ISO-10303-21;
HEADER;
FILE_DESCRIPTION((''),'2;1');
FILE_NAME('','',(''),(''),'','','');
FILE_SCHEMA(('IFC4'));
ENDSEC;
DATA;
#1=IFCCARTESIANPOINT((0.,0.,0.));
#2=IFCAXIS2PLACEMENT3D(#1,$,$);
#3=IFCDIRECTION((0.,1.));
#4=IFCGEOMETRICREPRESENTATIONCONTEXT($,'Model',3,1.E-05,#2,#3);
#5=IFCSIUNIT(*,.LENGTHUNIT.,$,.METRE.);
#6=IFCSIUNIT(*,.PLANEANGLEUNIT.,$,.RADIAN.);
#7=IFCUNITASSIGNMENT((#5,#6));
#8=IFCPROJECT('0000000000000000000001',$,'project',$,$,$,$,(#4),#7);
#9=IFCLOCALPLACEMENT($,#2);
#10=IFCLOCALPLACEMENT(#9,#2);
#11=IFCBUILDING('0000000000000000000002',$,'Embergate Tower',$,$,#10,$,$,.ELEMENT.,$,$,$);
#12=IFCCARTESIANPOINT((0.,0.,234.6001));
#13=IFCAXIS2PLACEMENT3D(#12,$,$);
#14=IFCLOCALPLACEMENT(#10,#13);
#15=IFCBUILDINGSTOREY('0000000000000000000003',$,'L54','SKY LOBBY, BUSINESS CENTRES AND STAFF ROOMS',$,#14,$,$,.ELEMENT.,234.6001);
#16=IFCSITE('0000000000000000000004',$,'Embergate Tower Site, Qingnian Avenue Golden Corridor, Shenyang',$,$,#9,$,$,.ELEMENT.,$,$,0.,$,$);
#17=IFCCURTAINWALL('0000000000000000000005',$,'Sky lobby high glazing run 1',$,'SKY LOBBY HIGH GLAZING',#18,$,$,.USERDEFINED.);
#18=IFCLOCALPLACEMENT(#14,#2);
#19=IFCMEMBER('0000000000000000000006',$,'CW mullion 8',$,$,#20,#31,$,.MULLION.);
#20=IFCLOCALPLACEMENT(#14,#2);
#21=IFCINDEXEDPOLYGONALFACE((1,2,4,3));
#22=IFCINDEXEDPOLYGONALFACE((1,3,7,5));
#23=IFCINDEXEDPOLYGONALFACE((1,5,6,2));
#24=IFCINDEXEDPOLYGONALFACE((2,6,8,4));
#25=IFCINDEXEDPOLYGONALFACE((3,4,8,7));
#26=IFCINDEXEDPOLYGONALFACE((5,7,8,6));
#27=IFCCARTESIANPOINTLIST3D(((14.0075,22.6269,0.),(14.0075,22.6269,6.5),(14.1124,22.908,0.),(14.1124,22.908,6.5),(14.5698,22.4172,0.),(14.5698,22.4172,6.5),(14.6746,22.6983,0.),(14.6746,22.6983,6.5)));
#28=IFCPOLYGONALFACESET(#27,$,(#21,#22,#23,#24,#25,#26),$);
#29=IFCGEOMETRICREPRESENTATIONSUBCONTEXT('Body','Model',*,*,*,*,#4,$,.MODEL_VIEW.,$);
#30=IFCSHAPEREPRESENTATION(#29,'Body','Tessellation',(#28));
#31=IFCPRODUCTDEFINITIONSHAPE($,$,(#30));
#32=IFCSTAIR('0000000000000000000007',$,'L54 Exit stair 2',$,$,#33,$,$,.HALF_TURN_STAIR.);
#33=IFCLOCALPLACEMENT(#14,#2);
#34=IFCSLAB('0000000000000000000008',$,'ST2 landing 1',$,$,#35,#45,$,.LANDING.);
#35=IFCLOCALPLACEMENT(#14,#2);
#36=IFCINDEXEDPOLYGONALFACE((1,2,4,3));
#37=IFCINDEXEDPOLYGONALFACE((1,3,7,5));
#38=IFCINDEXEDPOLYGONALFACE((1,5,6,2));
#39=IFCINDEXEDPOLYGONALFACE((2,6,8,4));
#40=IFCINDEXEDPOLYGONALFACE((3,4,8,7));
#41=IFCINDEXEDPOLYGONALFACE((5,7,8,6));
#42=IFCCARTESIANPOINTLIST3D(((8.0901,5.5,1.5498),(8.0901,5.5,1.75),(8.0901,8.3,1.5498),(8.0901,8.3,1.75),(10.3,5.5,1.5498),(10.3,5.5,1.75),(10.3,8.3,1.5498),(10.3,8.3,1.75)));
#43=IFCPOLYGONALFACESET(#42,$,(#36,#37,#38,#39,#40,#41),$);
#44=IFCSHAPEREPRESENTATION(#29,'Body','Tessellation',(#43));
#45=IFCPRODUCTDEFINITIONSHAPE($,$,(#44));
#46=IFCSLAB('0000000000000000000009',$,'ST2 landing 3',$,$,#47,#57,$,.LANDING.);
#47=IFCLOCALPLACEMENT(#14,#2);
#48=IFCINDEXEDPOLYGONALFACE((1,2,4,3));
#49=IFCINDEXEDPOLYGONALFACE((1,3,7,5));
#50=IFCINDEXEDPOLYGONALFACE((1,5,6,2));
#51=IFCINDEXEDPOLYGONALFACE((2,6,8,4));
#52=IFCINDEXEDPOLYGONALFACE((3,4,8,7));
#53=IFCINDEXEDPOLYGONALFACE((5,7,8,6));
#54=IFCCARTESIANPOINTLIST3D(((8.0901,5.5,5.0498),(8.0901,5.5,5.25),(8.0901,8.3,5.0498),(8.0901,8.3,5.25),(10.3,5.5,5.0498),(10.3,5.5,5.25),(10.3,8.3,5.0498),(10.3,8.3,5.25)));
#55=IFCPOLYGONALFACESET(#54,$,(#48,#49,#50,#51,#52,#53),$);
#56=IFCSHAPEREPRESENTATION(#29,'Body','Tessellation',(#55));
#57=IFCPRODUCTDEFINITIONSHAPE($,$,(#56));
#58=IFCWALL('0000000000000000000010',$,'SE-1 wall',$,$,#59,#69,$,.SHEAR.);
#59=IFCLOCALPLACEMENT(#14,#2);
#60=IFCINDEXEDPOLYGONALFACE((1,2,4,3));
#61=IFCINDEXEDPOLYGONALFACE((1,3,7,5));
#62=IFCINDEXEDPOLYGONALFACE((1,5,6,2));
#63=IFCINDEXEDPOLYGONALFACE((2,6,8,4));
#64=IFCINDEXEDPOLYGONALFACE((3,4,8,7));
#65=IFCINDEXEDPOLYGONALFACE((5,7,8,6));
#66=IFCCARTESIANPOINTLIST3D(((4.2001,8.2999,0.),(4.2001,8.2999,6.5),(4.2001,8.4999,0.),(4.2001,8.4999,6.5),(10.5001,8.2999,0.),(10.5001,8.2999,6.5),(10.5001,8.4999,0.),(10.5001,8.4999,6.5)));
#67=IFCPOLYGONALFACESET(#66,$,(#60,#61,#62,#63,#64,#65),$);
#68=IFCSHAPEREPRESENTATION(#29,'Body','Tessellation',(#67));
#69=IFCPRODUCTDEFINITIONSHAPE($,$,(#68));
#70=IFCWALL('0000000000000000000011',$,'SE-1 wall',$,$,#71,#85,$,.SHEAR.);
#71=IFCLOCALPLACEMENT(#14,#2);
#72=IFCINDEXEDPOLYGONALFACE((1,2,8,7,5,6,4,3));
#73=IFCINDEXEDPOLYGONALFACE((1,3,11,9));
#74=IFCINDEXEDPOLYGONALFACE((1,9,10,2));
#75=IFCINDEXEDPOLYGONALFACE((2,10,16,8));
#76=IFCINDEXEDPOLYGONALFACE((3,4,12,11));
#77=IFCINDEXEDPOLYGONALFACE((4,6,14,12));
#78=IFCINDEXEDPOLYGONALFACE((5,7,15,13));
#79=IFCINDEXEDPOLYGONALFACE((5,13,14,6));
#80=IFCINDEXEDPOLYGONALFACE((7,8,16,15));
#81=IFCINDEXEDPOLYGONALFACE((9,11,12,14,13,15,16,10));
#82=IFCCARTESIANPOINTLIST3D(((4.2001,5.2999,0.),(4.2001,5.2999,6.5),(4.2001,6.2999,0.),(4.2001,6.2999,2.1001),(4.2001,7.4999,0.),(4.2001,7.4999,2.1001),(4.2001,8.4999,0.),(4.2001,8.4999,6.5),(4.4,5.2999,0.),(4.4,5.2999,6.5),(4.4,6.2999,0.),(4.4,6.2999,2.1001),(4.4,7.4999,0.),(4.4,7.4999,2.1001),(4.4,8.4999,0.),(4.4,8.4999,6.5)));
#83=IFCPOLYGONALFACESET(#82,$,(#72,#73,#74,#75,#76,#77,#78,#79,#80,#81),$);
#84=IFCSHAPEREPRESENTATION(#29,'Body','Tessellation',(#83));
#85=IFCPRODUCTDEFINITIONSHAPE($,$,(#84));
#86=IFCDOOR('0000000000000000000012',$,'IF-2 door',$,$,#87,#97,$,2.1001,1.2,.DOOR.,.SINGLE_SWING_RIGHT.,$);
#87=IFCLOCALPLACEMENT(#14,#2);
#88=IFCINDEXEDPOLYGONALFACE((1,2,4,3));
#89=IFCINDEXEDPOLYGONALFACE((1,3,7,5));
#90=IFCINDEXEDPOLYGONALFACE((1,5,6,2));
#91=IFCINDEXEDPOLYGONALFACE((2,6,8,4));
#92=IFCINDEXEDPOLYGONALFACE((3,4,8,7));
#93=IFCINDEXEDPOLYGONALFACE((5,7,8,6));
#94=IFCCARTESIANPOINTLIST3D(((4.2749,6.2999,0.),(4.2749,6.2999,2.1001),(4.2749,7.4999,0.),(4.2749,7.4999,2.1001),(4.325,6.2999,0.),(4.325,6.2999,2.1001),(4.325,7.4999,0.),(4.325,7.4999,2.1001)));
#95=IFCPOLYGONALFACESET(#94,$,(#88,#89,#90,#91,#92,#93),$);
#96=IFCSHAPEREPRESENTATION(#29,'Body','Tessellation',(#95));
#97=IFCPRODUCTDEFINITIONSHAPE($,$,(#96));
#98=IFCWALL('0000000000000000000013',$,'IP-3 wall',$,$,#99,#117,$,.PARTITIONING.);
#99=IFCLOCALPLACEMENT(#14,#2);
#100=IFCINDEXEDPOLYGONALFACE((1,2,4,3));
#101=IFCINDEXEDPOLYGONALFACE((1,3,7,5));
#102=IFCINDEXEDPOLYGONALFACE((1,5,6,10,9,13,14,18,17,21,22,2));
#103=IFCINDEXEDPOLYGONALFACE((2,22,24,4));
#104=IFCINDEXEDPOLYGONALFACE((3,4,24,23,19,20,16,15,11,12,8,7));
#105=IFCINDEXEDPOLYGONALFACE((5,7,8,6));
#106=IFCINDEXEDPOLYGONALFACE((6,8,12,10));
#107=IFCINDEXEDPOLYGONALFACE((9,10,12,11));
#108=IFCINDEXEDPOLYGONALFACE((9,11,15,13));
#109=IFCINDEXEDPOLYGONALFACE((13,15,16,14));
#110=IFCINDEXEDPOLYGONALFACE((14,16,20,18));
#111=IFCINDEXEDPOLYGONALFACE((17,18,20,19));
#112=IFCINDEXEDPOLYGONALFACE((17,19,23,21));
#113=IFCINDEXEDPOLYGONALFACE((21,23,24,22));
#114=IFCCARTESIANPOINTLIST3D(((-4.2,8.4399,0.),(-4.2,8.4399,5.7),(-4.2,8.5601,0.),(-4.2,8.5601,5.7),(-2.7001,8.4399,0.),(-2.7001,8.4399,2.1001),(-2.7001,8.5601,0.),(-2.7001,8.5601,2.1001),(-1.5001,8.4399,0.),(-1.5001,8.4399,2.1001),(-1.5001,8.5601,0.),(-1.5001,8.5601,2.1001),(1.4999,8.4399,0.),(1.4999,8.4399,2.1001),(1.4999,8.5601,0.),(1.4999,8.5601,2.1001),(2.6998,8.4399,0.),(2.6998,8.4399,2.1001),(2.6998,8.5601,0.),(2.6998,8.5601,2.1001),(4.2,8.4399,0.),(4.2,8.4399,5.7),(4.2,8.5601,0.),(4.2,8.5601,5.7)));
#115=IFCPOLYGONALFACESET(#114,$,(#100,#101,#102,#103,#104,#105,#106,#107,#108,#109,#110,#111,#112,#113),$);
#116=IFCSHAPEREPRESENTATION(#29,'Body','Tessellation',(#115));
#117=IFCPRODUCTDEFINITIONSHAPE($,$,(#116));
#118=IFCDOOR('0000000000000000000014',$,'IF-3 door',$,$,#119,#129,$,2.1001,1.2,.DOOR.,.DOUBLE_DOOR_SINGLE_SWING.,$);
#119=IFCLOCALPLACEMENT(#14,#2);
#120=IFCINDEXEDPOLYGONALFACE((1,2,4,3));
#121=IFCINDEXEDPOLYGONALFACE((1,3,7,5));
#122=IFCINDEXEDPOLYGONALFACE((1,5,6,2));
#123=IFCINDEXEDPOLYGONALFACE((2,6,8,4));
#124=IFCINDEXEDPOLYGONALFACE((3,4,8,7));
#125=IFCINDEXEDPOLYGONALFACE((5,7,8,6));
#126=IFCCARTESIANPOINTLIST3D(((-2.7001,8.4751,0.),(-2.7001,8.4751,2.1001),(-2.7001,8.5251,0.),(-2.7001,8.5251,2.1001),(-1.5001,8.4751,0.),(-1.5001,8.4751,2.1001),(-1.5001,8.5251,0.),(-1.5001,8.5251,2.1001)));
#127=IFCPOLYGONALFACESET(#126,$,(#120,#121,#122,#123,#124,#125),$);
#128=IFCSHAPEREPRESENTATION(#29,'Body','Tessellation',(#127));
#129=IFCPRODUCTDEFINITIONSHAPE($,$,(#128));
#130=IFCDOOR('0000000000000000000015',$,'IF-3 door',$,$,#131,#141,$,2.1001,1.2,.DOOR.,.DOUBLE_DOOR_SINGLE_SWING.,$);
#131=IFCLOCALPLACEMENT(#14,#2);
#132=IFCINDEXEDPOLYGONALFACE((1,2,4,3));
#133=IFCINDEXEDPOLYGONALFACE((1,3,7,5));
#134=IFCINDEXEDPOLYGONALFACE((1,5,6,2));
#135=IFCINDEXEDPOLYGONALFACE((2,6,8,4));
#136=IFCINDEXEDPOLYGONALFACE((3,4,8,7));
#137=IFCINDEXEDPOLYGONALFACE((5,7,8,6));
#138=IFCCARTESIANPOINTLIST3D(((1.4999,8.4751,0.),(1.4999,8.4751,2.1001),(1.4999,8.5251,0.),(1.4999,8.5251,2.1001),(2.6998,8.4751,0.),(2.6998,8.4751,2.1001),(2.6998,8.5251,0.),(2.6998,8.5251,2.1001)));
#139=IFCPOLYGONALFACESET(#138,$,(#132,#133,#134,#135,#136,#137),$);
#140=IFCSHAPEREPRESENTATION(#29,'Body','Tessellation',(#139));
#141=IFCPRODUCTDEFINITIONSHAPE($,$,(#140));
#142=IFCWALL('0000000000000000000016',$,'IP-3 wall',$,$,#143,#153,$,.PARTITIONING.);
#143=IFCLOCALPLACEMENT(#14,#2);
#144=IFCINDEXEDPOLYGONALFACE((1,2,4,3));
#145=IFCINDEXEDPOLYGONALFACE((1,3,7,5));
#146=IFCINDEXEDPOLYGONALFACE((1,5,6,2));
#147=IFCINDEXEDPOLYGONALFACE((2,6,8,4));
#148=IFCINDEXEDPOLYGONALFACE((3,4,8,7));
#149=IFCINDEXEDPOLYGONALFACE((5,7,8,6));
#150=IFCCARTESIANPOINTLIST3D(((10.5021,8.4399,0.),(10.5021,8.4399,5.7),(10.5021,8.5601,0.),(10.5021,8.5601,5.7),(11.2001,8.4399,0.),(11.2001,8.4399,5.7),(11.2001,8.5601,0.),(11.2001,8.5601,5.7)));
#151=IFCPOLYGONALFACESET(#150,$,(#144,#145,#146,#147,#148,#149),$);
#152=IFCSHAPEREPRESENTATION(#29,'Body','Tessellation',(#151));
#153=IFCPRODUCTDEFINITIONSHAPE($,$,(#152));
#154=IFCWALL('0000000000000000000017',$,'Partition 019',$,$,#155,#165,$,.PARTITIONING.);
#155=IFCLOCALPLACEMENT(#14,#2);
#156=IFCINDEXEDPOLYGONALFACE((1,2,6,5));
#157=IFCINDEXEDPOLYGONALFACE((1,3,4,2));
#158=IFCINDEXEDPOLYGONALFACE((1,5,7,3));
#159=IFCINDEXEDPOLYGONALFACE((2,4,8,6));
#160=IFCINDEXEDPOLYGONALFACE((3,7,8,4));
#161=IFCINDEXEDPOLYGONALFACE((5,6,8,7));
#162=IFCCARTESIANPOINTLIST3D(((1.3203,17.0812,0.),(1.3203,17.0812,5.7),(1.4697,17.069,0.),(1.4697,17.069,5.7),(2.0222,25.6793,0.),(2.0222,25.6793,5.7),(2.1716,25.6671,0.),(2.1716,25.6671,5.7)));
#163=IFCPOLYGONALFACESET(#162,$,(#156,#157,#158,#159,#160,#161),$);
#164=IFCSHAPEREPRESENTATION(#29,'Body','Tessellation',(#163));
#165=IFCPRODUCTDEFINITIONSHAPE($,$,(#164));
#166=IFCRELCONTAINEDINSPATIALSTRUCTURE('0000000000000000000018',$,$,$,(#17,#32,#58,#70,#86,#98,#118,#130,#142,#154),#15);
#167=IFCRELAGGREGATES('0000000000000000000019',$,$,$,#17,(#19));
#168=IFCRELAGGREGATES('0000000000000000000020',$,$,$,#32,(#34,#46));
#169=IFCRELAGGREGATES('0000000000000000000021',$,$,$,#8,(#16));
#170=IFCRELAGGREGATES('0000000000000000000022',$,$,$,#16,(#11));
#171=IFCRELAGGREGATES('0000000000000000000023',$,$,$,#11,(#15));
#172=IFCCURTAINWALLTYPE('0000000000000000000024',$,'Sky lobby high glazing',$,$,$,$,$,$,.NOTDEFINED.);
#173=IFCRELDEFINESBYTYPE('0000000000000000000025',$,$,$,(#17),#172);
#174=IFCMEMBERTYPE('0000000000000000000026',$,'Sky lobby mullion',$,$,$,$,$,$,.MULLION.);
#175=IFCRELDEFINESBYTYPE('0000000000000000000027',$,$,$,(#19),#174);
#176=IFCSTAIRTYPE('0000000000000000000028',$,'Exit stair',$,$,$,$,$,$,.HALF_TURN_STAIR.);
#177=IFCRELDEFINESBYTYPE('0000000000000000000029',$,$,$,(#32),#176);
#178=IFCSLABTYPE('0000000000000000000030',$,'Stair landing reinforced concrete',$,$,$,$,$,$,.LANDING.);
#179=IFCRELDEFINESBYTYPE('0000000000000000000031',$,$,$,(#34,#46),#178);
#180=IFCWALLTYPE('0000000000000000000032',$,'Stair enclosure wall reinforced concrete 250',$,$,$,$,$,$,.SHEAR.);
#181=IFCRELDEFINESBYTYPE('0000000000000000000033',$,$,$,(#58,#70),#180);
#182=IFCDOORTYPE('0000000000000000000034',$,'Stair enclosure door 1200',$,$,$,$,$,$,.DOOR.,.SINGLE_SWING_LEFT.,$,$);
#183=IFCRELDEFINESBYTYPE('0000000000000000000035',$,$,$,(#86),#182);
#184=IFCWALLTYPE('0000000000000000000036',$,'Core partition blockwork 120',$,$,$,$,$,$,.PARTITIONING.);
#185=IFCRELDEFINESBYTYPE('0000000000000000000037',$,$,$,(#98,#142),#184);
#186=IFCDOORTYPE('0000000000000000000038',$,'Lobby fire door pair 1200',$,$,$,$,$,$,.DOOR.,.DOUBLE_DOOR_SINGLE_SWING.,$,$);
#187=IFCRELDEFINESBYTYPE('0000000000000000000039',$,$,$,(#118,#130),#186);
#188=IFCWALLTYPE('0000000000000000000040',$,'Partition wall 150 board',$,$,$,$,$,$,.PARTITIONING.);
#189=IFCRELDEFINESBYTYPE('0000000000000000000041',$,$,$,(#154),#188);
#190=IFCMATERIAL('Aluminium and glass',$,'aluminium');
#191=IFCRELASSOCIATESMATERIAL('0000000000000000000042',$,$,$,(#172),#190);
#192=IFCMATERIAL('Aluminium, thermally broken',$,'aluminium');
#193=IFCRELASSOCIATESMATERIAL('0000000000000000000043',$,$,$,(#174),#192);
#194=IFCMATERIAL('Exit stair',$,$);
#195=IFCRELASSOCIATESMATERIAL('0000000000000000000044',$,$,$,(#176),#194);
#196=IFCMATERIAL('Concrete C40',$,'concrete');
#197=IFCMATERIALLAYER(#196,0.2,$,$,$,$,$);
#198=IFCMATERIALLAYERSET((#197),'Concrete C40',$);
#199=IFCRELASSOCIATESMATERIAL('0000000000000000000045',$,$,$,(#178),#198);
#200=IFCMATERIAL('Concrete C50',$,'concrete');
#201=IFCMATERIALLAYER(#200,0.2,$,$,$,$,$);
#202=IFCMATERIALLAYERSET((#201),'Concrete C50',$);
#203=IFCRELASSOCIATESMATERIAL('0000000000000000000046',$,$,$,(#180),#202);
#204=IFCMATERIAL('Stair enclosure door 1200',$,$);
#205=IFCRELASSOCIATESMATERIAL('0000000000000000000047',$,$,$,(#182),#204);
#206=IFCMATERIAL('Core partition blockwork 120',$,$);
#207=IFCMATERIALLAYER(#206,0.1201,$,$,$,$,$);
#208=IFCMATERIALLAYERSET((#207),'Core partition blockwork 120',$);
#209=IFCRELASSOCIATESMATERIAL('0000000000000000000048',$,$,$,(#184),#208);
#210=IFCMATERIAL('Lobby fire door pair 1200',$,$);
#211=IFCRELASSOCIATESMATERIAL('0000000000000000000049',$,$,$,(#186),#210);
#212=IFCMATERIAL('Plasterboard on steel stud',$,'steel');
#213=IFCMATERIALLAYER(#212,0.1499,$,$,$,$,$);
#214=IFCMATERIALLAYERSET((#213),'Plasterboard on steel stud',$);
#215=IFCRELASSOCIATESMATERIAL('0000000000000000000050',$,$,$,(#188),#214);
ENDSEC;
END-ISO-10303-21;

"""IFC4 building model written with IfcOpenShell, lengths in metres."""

from ifc_helpers import new_model, si_unit, direction, frame, frame_2d, origin, origin_2d, place, context, subcontext, project, spatial, polyline, rectangle, outline, extrude, source, transform, mapped, material, layer, layer_set, material_profile, profile_set, type_object, element, fill, aggregate, save


model = new_model("IFC4")

# Units and contexts
model_context = context("Model", 3, precision=1e-05, world=origin(), true_north=direction((0.0, 1.0)))
body_context = subcontext(model_context, "Body", "Model", "MODEL_VIEW")
ifc_project = project(units=[si_unit("LENGTHUNIT", "METRE"), si_unit("PLANEANGLEUNIT", "RADIAN")], contexts=[model_context])

# Site, building, storey
site_placement = place(None, origin())
site = spatial("IfcSite", under=ifc_project, at=site_placement, Name="Embergate Tower Site, Qingnian Avenue Golden Corridor, Shenyang", CompositionType="ELEMENT", RefElevation=0.0)
building_placement = place(site_placement, origin())
building = spatial("IfcBuilding", under=site, at=building_placement, Name="Embergate Tower", CompositionType="ELEMENT")
storey_placement = place(building_placement, frame((0.0, 0.0, 234.6001)))
storey = spatial("IfcBuildingStorey", under=building, at=storey_placement, Name="L54", Description="SKY LOBBY, BUSINESS CENTRES AND STAFF ROOMS", CompositionType="ELEMENT", Elevation=234.6001)

# Curtain wall, member
ifc_material_1 = material(Name="Aluminium and glass", Category="aluminium")
curtain_wall_type = type_object("IfcCurtainWallType", Name="Sky lobby high glazing", PredefinedType="NOTDEFINED", material=ifc_material_1)
curtain_wall_placement = place(storey_placement, origin())
curtain_wall = element("IfcCurtainWall", 1, at=curtain_wall_placement, inside=storey, type_object=curtain_wall_type, Name="Sky lobby high glazing run 1", ObjectType="SKY LOBBY HIGH GLAZING", PredefinedType="USERDEFINED")
ifc_material_2 = material(Name="Aluminium, thermally broken", Category="aluminium")
ifc_material_profile = material_profile(ifc_material_2, rectangle(XDim=0.3, YDim=0.6001, at=origin_2d()), Name="AL 600x300")
ifc_profile_set = profile_set([ifc_material_profile], Name="Aluminium, thermally broken")
member_type = type_object("IfcMemberType", Name="Sky lobby mullion", PredefinedType="MULLION", material=ifc_profile_set)
shared_shape_1 = source(origin(), body_context, "Body", "SweptSolid", [
    extrude(rectangle(XDim=0.3, YDim=0.6001, at=origin_2d()), origin(), (0.0, 0.0, 1.0), 6.5),
])
member_placement = place(storey_placement, frame((14.3411, 22.6626, 0.0), z_axis=(0.0, 0.0, 1.0), x_axis=(-0.349498, -0.936937, 0.0)))
member = element("IfcMember", 2, at=member_placement, type_object=member_type, Name="CW mullion 8", PredefinedType="MULLION", context=body_context, shape_type="MappedRepresentation", body=[
    mapped(shared_shape_1, transform((0.0, 0.0, 0.0))),
])
aggregate(curtain_wall, [member])

# Stair, slabs
ifc_material_3 = material(Name="Exit stair")
stair_type = type_object("IfcStairType", Name="Exit stair", PredefinedType="HALF_TURN_STAIR", material=ifc_material_3)
stair_placement = place(storey_placement, origin())
stair = element("IfcStair", 3, at=stair_placement, inside=storey, type_object=stair_type, Name="L54 Exit stair 2", PredefinedType="HALF_TURN_STAIR")
ifc_material_4 = material(Name="Concrete C40", Category="concrete")
ifc_layer_1 = layer(ifc_material_4, 0.2)
ifc_layer_set_1 = layer_set([ifc_layer_1], Name="Concrete C40")
slab_type = type_object("IfcSlabType", Name="Stair landing reinforced concrete", PredefinedType="LANDING", material=ifc_layer_set_1)
shared_shape_2 = source(origin(), body_context, "Body", "SweptSolid", [
    extrude(outline(polyline([(0.0, 0.0), (2.21, 0.0), (2.21, 2.8), (0.0, 2.8), (0.0, 0.0)])), origin(), (0.0, 0.0, 1.0), 0.2002),
])
slab_1_placement = place(storey_placement, frame((8.0901, 5.5, 1.5498)))
slab_1 = element("IfcSlab", 4, at=slab_1_placement, type_object=slab_type, Name="ST2 landing 1", PredefinedType="LANDING", context=body_context, shape_type="MappedRepresentation", body=[
    mapped(shared_shape_2, transform((0.0, 0.0, 0.0))),
])
slab_2_placement = place(storey_placement, frame((8.0901, 5.5, 5.0498)))
slab_2 = element("IfcSlab", 5, at=slab_2_placement, type_object=slab_type, Name="ST2 landing 3", PredefinedType="LANDING", context=body_context, shape_type="MappedRepresentation", body=[
    mapped(shared_shape_2, transform((0.0, 0.0, 0.0))),
])

# Wall
ifc_material_5 = material(Name="Concrete C50", Category="concrete")
ifc_layer_2 = layer(ifc_material_5, 0.2)
ifc_layer_set_2 = layer_set([ifc_layer_2], Name="Concrete C50")
wall_type_1 = type_object("IfcWallType", Name="Stair enclosure wall reinforced concrete 250", PredefinedType="SHEAR", material=ifc_layer_set_2)
shared_shape_3 = source(origin(), body_context, "Body", "SweptSolid", [
    extrude(rectangle(XDim=6.3, YDim=0.2, at=frame_2d((3.1499, 0.0))), origin(), (0.0, 0.0, 1.0), 6.5),
])
wall_1_placement = place(storey_placement, frame((10.5, 8.3999, 0.0), z_axis=(0.0, 0.0, 1.0), x_axis=(-1.0, 0.0, 0.0)))
element("IfcWall", 6, at=wall_1_placement, inside=storey, type_object=wall_type_1, Name="SE-1 wall", PredefinedType="SHEAR", context=body_context, shape_type="MappedRepresentation", body=[
    mapped(shared_shape_3, transform((0.0, 0.0, 0.0))),
])

# Wall, opening, door
shared_shape_4 = source(origin(), body_context, "Body", "SweptSolid", [
    extrude(rectangle(XDim=3.2, YDim=0.2, at=frame_2d((1.6001, 0.0))), origin(), (0.0, 0.0, 1.0), 6.5),
])
wall_2_placement = place(storey_placement, frame((4.3, 8.5, 0.0), z_axis=(0.0, 0.0, 1.0), x_axis=(0.0, -1.0, 0.0)))
wall_2 = element("IfcWall", 7, at=wall_2_placement, inside=storey, type_object=wall_type_1, Name="SE-1 wall", PredefinedType="SHEAR", context=body_context, shape_type="MappedRepresentation", body=[
    mapped(shared_shape_4, transform((0.0, 0.0, 0.0))),
])
shared_shape_5 = source(origin(), body_context, "Body", "SweptSolid", [
    extrude(rectangle(XDim=1.2, YDim=2.1001, at=frame_2d((0.6001, 1.05))), frame((0.0, 0.1099, 0.0), z_axis=(0.0, -1.0, 0.0), x_axis=(1.0, 0.0, 0.0)), (0.0, 0.0, 1.0), 0.22),
])
opening_1_placement = place(wall_2_placement, frame((1.0, 0.0, 0.0)))
opening_1 = element("IfcOpeningElement", 8, at=opening_1_placement, cuts=wall_2, PredefinedType="OPENING", context=body_context, shape_type="MappedRepresentation", body=[
    mapped(shared_shape_5, transform((0.0, 0.0, 0.0))),
])
ifc_material_6 = material(Name="Stair enclosure door 1200")
door_type_1 = type_object("IfcDoorType", Name="Stair enclosure door 1200", OperationType="SINGLE_SWING_LEFT", PredefinedType="DOOR", material=ifc_material_6)
shared_shape_6 = source(origin(), body_context, "Body", "SweptSolid", [
    extrude(rectangle(XDim=1.2, YDim=2.1001, at=frame_2d((0.6001, 1.05))), frame((0.0, 0.0249, 0.0), z_axis=(0.0, -1.0, 0.0), x_axis=(1.0, 0.0, 0.0)), (0.0, 0.0, 1.0), 0.05),
])
door_1_placement = place(opening_1_placement, origin())
door_1 = element("IfcDoor", 9, at=door_1_placement, inside=storey, type_object=door_type_1, Name="IF-2 door", OperationType="SINGLE_SWING_RIGHT", OverallHeight=2.1001, OverallWidth=1.2, PredefinedType="DOOR", context=body_context, shape_type="MappedRepresentation", body=[
    mapped(shared_shape_6, transform((0.0, 0.0, 0.0))),
])
fill(opening_1, door_1)

# Wall, openings, doors
ifc_material_7 = material(Name="Core partition blockwork 120")
ifc_layer_3 = layer(ifc_material_7, 0.1201)
ifc_layer_set_3 = layer_set([ifc_layer_3], Name="Core partition blockwork 120")
wall_type_2 = type_object("IfcWallType", Name="Core partition blockwork 120", PredefinedType="PARTITIONING", material=ifc_layer_set_3)
shared_shape_7 = source(origin(), body_context, "Body", "SweptSolid", [
    extrude(rectangle(XDim=8.3999, YDim=0.1201, at=frame_2d((4.2, 0.0))), origin(), (0.0, 0.0, 1.0), 5.7),
])
wall_3_placement = place(storey_placement, frame((4.2, 8.5, 0.0), z_axis=(0.0, 0.0, 1.0), x_axis=(-1.0, 0.0, 0.0)))
wall_3 = element("IfcWall", 10, at=wall_3_placement, inside=storey, type_object=wall_type_2, Name="IP-3 wall", PredefinedType="PARTITIONING", context=body_context, shape_type="MappedRepresentation", body=[
    mapped(shared_shape_7, transform((0.0, 0.0, 0.0))),
])
shared_shape_8 = source(origin(), body_context, "Body", "SweptSolid", [
    extrude(rectangle(XDim=1.2, YDim=2.1001, at=frame_2d((0.6001, 1.05))), frame((0.0, 0.0701, 0.0), z_axis=(0.0, -1.0, 0.0), x_axis=(1.0, 0.0, 0.0)), (0.0, 0.0, 1.0), 0.1401),
])
opening_2_placement = place(wall_3_placement, frame((5.7, 0.0, 0.0)))
opening_2 = element("IfcOpeningElement", 11, at=opening_2_placement, cuts=wall_3, PredefinedType="OPENING", context=body_context, shape_type="MappedRepresentation", body=[
    mapped(shared_shape_8, transform((0.0, 0.0, 0.0))),
])
opening_3_placement = place(wall_3_placement, frame((1.5, 0.0, 0.0)))
opening_3 = element("IfcOpeningElement", 12, at=opening_3_placement, cuts=wall_3, PredefinedType="OPENING", context=body_context, shape_type="MappedRepresentation", body=[
    mapped(shared_shape_8, transform((0.0, 0.0, 0.0))),
])
ifc_material_8 = material(Name="Lobby fire door pair 1200")
door_type_2 = type_object("IfcDoorType", Name="Lobby fire door pair 1200", OperationType="DOUBLE_DOOR_SINGLE_SWING", PredefinedType="DOOR", material=ifc_material_8)
door_2_placement = place(opening_2_placement, origin())
door_2 = element("IfcDoor", 13, at=door_2_placement, inside=storey, type_object=door_type_2, Name="IF-3 door", OperationType="DOUBLE_DOOR_SINGLE_SWING", OverallHeight=2.1001, OverallWidth=1.2, PredefinedType="DOOR", context=body_context, shape_type="MappedRepresentation", body=[
    mapped(shared_shape_6, transform((0.0, 0.0, 0.0))),
])
fill(opening_2, door_2)
door_3_placement = place(opening_3_placement, origin())
door_3 = element("IfcDoor", 14, at=door_3_placement, inside=storey, type_object=door_type_2, Name="IF-3 door", OperationType="DOUBLE_DOOR_SINGLE_SWING", OverallHeight=2.1001, OverallWidth=1.2, PredefinedType="DOOR", context=body_context, shape_type="MappedRepresentation", body=[
    mapped(shared_shape_6, transform((0.0, 0.0, 0.0))),
])
fill(opening_3, door_3)

# Walls
shared_shape_9 = source(origin(), body_context, "Body", "SweptSolid", [
    extrude(rectangle(XDim=0.698, YDim=0.1201, at=frame_2d((0.3491, 0.0))), origin(), (0.0, 0.0, 1.0), 5.7),
])
wall_4_placement = place(storey_placement, frame((10.502, 8.5, 0.0), z_axis=(0.0, 0.0, 1.0), x_axis=(1.0, 0.0, 0.0)))
element("IfcWall", 15, at=wall_4_placement, inside=storey, type_object=wall_type_2, Name="IP-3 wall", PredefinedType="PARTITIONING", context=body_context, shape_type="MappedRepresentation", body=[
    mapped(shared_shape_9, transform((0.0, 0.0, 0.0))),
])
ifc_material_9 = material(Name="Plasterboard on steel stud", Category="steel")
ifc_layer_4 = layer(ifc_material_9, 0.1499)
ifc_layer_set_4 = layer_set([ifc_layer_4], Name="Plasterboard on steel stud")
wall_type_3 = type_object("IfcWallType", Name="Partition wall 150 board", PredefinedType="PARTITIONING", material=ifc_layer_set_4)
shared_shape_10 = source(origin(), body_context, "Body", "SweptSolid", [
    extrude(rectangle(XDim=8.6267, YDim=0.1499, at=frame_2d((4.3135, 0.0))), origin(), (0.0, 0.0, 1.0), 5.7),
])
wall_5_placement = place(storey_placement, frame((1.395, 17.075, 0.0), z_axis=(0.0, 0.0, 1.0), x_axis=(0.081364, 0.996684, 0.0)))
element("IfcWall", 16, at=wall_5_placement, inside=storey, type_object=wall_type_3, Name="Partition 019", PredefinedType="PARTITIONING", context=body_context, shape_type="MappedRepresentation", body=[
    mapped(shared_shape_10, transform((0.0, 0.0, 0.0))),
])

aggregate(stair, [slab_1, slab_2])

save(model, "model.ifc")
